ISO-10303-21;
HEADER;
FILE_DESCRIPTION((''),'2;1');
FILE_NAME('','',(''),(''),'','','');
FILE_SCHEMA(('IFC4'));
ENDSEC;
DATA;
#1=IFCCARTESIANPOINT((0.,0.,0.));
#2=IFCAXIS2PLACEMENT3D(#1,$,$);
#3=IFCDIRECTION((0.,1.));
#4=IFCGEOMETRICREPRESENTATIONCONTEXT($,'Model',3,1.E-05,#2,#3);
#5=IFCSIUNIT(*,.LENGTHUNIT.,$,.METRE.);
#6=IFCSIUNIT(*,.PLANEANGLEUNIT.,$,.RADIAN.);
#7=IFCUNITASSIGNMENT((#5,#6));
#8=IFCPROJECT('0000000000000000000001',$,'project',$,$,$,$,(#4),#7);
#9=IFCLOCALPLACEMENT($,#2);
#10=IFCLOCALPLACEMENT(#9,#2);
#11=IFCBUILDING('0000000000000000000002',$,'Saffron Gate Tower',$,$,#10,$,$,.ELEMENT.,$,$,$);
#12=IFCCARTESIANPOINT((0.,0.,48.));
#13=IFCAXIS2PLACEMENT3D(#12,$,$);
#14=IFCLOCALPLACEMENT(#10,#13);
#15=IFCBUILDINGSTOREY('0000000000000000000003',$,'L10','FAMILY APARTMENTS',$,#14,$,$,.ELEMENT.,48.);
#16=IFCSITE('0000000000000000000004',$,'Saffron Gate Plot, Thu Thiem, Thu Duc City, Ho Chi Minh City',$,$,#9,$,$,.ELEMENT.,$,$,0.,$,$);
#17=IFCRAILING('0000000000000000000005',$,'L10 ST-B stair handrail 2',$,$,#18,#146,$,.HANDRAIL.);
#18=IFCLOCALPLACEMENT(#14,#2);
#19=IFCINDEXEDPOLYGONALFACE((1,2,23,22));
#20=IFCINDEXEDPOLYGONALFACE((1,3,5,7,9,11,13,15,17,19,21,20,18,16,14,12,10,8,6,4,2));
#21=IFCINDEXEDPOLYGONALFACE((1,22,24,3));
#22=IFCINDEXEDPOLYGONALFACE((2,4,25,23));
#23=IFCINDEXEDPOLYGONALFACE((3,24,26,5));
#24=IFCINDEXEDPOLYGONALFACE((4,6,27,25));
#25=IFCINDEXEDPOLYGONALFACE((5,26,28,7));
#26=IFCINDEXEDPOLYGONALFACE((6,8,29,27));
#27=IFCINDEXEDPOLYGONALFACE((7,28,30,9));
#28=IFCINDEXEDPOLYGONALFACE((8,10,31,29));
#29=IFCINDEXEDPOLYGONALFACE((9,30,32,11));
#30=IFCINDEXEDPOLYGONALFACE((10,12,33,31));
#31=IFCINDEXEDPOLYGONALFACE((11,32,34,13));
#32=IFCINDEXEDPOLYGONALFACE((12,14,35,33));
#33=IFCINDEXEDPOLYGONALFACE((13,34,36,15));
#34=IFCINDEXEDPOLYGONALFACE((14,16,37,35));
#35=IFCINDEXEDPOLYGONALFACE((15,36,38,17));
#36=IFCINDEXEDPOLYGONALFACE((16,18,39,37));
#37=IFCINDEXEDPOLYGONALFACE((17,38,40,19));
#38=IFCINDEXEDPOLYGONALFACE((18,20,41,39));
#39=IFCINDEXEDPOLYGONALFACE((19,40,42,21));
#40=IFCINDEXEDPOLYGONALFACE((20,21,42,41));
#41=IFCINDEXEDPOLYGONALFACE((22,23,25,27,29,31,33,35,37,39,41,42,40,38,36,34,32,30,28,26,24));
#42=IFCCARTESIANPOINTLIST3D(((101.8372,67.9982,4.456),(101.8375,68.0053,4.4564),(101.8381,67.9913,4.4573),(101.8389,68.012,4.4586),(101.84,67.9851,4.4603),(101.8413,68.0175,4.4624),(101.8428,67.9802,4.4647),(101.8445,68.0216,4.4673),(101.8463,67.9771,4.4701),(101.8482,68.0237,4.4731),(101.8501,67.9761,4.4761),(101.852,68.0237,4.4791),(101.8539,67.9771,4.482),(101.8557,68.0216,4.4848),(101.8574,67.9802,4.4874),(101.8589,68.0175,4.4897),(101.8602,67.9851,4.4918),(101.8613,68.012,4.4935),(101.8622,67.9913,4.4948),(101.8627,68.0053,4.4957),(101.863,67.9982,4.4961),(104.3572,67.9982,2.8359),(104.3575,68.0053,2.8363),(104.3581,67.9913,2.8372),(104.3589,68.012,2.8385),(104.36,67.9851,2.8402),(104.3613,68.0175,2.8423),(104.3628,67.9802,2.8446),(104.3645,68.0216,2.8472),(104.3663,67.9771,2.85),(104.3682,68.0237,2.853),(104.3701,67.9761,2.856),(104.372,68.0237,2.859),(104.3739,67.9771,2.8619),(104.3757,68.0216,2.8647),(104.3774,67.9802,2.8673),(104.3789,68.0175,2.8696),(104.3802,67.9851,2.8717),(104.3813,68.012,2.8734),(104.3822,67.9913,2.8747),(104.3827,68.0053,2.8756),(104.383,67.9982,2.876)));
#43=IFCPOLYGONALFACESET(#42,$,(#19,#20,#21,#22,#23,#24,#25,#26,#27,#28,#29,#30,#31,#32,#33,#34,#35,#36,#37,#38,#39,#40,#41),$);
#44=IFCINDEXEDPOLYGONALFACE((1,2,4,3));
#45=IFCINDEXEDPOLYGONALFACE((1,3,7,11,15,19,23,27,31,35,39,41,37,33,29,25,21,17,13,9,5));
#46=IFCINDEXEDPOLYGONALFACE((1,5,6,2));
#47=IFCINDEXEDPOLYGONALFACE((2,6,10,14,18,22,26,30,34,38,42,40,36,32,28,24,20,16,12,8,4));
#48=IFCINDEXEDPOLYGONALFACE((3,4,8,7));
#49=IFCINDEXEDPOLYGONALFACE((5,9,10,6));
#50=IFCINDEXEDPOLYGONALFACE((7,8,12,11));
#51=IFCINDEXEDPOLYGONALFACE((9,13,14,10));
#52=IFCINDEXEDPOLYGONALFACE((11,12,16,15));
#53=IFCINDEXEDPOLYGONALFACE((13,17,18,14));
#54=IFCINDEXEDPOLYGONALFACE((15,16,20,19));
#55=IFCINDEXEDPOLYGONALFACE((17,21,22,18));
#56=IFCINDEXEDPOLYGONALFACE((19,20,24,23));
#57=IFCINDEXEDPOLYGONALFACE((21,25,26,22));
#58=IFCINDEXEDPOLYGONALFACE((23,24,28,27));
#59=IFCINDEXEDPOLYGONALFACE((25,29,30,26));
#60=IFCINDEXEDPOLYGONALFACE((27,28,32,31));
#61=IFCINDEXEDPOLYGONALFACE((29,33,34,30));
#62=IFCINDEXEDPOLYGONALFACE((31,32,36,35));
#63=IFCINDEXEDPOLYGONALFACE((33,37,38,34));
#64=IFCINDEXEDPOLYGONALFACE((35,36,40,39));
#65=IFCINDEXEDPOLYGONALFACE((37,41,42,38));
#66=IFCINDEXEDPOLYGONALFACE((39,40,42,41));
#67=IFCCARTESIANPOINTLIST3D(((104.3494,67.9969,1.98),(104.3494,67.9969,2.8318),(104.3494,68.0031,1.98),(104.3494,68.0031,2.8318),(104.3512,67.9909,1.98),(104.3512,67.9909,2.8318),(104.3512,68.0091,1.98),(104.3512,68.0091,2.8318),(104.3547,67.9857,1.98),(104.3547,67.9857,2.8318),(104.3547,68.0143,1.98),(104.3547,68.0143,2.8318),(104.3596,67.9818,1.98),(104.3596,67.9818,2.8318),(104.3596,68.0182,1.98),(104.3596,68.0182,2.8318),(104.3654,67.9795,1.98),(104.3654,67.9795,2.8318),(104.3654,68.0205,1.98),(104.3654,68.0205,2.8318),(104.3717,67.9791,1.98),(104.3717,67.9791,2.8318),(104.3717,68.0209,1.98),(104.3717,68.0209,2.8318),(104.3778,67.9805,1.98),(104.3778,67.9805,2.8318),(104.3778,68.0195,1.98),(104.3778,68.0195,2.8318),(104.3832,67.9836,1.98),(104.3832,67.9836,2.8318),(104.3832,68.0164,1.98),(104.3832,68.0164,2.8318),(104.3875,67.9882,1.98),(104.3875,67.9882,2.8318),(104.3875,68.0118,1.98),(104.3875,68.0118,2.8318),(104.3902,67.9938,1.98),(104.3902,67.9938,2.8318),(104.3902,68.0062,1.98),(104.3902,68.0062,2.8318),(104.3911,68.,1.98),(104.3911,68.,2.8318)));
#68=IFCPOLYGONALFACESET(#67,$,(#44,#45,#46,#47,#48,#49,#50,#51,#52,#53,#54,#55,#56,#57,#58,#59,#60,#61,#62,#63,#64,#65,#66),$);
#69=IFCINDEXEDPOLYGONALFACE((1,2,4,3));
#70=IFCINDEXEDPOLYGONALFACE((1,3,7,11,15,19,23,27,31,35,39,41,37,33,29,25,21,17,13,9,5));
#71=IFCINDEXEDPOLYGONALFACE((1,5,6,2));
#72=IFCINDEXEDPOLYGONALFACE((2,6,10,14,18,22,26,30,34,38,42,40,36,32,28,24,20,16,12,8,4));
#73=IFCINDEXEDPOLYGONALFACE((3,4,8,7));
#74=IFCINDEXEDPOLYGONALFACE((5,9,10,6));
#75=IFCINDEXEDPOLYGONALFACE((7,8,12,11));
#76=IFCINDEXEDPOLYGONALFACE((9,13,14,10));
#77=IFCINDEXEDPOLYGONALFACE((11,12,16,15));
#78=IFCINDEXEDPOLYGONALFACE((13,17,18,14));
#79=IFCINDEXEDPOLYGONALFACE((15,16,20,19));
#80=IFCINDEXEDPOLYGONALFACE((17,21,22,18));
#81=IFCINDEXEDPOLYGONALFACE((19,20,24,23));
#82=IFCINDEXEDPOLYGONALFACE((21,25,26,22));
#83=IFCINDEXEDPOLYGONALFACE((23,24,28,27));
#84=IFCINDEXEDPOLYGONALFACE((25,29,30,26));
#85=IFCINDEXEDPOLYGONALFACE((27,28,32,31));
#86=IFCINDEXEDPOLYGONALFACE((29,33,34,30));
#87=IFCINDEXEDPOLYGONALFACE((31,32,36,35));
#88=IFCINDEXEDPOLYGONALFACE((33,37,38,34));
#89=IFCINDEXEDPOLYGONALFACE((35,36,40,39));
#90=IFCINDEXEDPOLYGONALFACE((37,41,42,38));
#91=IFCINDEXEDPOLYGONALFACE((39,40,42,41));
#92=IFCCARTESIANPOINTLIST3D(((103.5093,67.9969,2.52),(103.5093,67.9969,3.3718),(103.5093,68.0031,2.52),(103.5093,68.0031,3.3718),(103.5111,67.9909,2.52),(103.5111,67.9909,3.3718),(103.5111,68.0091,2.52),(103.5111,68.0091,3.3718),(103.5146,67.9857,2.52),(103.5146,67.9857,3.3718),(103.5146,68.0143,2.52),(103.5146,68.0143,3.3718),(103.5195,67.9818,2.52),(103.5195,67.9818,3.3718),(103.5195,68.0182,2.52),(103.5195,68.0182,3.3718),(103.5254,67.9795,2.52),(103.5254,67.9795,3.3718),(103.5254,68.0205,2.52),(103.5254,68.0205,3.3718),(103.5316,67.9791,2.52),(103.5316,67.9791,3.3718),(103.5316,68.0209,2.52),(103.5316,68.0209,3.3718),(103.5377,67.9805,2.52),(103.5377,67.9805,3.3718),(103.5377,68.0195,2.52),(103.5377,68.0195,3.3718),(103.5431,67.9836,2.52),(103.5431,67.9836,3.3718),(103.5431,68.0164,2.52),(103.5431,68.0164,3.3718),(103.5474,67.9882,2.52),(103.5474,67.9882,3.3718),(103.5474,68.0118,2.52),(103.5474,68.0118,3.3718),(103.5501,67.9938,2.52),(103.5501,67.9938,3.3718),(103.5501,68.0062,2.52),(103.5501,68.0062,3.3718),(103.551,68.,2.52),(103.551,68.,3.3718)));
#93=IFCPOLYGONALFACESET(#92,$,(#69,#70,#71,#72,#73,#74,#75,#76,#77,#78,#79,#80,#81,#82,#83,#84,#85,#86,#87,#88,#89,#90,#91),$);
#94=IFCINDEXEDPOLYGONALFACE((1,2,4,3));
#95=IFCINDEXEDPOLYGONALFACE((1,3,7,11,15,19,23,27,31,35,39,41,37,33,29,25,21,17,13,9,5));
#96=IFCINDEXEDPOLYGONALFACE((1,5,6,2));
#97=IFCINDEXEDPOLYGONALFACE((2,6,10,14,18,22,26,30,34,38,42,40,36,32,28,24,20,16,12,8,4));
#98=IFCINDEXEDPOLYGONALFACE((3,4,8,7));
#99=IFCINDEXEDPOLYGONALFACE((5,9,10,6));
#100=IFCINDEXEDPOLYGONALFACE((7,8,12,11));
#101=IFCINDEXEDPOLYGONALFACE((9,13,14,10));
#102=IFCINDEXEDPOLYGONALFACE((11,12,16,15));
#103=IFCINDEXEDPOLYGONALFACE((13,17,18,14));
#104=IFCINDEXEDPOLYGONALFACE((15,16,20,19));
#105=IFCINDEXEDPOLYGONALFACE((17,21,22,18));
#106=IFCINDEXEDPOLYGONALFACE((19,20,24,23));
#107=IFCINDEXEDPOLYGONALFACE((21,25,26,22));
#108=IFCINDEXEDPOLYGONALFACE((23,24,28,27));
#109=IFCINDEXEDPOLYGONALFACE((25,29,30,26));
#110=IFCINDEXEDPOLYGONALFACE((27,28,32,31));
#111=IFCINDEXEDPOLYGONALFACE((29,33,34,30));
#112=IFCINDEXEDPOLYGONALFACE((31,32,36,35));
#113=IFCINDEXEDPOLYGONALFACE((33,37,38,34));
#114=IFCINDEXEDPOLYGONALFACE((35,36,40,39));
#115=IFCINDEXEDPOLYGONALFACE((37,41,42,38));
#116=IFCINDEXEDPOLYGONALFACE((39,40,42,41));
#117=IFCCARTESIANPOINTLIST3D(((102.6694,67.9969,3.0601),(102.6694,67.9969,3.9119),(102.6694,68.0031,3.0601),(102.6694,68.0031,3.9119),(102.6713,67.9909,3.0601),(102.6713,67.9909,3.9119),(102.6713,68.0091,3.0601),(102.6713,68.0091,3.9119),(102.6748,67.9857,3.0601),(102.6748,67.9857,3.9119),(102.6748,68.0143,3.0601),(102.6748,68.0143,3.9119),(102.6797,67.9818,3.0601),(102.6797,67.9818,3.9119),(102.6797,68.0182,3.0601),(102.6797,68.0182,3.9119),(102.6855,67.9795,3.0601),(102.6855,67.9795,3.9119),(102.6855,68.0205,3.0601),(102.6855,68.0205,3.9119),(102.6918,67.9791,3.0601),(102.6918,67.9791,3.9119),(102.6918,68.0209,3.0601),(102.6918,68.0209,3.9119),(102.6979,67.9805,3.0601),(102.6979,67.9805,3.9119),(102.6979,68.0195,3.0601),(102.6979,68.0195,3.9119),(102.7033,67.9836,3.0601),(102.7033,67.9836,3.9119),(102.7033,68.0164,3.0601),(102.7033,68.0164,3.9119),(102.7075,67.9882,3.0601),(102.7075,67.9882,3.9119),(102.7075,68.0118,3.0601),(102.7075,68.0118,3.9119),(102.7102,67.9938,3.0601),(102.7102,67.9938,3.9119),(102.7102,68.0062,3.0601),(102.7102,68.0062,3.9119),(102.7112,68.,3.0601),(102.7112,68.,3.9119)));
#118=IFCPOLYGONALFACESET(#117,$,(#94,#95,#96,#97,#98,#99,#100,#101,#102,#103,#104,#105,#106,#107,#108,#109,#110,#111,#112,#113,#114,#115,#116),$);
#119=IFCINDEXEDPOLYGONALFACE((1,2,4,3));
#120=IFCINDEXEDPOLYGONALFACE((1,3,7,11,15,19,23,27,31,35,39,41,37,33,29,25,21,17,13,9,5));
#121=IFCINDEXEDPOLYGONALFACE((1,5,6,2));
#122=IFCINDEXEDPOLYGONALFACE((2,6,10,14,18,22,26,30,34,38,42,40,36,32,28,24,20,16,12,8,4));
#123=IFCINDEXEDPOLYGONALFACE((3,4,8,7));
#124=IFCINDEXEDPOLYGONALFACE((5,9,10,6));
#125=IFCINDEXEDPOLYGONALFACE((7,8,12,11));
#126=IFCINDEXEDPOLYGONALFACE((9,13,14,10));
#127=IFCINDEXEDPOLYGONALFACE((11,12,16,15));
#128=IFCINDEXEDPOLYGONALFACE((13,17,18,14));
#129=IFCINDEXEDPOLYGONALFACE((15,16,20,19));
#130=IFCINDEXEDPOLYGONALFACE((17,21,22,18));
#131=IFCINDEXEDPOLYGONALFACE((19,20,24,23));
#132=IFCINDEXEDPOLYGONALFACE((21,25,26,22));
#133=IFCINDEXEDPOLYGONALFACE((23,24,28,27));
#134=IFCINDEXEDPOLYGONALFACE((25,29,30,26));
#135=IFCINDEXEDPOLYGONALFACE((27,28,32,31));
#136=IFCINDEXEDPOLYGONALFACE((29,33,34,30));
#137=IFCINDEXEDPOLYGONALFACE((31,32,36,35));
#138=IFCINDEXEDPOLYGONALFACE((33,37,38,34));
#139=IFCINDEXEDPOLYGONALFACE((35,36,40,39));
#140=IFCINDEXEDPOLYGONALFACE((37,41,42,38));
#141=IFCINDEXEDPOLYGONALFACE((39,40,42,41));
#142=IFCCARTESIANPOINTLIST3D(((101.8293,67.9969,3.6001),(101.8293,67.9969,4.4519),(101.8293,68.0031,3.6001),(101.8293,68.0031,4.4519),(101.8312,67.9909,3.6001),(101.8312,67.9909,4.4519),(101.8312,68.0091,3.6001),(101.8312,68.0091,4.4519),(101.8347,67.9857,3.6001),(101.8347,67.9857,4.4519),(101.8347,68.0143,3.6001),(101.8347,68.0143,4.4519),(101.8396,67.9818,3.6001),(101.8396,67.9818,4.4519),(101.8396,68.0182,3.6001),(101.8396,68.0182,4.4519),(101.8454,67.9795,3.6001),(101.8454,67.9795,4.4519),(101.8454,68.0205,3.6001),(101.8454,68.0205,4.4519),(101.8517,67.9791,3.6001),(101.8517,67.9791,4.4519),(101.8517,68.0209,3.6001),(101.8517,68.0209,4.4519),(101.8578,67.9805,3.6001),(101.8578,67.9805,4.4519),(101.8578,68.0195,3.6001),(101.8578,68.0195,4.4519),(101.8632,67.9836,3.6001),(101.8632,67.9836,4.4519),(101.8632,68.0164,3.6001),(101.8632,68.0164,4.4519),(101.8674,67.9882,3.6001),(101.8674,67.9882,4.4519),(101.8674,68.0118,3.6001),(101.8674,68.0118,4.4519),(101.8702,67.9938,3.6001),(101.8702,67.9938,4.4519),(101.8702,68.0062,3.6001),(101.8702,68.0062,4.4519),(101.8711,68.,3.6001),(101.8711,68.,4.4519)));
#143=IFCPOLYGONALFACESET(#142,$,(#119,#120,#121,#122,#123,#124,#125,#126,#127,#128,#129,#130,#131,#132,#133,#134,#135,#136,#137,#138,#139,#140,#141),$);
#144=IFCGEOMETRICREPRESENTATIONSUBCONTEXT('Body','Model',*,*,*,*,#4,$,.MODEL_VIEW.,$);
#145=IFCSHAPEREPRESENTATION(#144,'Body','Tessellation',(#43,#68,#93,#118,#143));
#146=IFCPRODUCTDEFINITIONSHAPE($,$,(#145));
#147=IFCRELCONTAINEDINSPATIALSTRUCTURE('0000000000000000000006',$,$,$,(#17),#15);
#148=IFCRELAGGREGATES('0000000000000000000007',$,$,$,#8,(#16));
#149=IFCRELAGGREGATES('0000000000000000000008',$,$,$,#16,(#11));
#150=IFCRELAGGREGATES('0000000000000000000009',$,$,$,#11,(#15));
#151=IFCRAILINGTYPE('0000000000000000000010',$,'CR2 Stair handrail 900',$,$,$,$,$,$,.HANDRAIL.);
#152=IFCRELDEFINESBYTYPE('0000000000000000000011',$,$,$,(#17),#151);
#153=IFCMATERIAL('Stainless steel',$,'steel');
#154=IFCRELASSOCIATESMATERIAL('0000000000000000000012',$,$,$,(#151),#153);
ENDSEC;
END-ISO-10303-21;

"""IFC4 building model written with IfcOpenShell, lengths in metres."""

from ifc_helpers import new_model, si_unit, direction, frame, origin, origin_2d, place, context, subcontext, project, spatial, circle, extrude, material, type_object, element, save


model = new_model("IFC4")

# Units and contexts
model_context = context("Model", 3, precision=1e-05, world=origin(), true_north=direction((0.0, 1.0)))
body_context = subcontext(model_context, "Body", "Model", "MODEL_VIEW")
ifc_project = project(units=[si_unit("LENGTHUNIT", "METRE"), si_unit("PLANEANGLEUNIT", "RADIAN")], contexts=[model_context])

# Site, building, storey
site_placement = place(None, origin())
site = spatial("IfcSite", under=ifc_project, at=site_placement, Name="Saffron Gate Plot, Thu Thiem, Thu Duc City, Ho Chi Minh City", CompositionType="ELEMENT", RefElevation=0.0)
building_placement = place(site_placement, origin())
building = spatial("IfcBuilding", under=site, at=building_placement, Name="Saffron Gate Tower", CompositionType="ELEMENT")
storey_placement = place(building_placement, frame((0.0, 0.0, 48.0)))
storey = spatial("IfcBuildingStorey", under=building, at=storey_placement, Name="L10", Description="FAMILY APARTMENTS", CompositionType="ELEMENT", Elevation=48.0)

# Railing
ifc_material_1 = material(Name="Stainless steel", Category="steel")
railing_type_1 = type_object("IfcRailingType", Name="CR2 Stair handrail 900", PredefinedType="HANDRAIL", material=ifc_material_1)
railing_1_placement = place(storey_placement, frame((104.3701, 68.0, 1.98)))
element("IfcRailing", 1, at=railing_1_placement, inside=storey, type_object=railing_type_1, Name="L10 ST-B stair handrail 2", PredefinedType="HANDRAIL", context=body_context, shape_type="SweptSolid", body=[
    extrude(circle(Radius=0.0239, at=origin_2d()), frame((0.0, 0.0, 0.876), z_axis=(-0.841163, 0.0, 0.540782), x_axis=(0.0, -1.0, 0.0)), (0.0, 0.0, 1.0), 2.9958),
    extrude(circle(Radius=0.021, at=origin_2d()), origin(), (0.0, 0.0, 1.0), 0.8518),
    extrude(circle(Radius=0.021, at=origin_2d()), frame((-0.8401, 0.0, 0.54)), (0.0, 0.0, 1.0), 0.8518),
    extrude(circle(Radius=0.021, at=origin_2d()), frame((-1.6799, 0.0, 1.0801)), (0.0, 0.0, 1.0), 0.8518),
    extrude(circle(Radius=0.021, at=origin_2d()), frame((-2.52, 0.0, 1.6201)), (0.0, 0.0, 1.0), 0.8518),
])

save(model, "model.ifc")
